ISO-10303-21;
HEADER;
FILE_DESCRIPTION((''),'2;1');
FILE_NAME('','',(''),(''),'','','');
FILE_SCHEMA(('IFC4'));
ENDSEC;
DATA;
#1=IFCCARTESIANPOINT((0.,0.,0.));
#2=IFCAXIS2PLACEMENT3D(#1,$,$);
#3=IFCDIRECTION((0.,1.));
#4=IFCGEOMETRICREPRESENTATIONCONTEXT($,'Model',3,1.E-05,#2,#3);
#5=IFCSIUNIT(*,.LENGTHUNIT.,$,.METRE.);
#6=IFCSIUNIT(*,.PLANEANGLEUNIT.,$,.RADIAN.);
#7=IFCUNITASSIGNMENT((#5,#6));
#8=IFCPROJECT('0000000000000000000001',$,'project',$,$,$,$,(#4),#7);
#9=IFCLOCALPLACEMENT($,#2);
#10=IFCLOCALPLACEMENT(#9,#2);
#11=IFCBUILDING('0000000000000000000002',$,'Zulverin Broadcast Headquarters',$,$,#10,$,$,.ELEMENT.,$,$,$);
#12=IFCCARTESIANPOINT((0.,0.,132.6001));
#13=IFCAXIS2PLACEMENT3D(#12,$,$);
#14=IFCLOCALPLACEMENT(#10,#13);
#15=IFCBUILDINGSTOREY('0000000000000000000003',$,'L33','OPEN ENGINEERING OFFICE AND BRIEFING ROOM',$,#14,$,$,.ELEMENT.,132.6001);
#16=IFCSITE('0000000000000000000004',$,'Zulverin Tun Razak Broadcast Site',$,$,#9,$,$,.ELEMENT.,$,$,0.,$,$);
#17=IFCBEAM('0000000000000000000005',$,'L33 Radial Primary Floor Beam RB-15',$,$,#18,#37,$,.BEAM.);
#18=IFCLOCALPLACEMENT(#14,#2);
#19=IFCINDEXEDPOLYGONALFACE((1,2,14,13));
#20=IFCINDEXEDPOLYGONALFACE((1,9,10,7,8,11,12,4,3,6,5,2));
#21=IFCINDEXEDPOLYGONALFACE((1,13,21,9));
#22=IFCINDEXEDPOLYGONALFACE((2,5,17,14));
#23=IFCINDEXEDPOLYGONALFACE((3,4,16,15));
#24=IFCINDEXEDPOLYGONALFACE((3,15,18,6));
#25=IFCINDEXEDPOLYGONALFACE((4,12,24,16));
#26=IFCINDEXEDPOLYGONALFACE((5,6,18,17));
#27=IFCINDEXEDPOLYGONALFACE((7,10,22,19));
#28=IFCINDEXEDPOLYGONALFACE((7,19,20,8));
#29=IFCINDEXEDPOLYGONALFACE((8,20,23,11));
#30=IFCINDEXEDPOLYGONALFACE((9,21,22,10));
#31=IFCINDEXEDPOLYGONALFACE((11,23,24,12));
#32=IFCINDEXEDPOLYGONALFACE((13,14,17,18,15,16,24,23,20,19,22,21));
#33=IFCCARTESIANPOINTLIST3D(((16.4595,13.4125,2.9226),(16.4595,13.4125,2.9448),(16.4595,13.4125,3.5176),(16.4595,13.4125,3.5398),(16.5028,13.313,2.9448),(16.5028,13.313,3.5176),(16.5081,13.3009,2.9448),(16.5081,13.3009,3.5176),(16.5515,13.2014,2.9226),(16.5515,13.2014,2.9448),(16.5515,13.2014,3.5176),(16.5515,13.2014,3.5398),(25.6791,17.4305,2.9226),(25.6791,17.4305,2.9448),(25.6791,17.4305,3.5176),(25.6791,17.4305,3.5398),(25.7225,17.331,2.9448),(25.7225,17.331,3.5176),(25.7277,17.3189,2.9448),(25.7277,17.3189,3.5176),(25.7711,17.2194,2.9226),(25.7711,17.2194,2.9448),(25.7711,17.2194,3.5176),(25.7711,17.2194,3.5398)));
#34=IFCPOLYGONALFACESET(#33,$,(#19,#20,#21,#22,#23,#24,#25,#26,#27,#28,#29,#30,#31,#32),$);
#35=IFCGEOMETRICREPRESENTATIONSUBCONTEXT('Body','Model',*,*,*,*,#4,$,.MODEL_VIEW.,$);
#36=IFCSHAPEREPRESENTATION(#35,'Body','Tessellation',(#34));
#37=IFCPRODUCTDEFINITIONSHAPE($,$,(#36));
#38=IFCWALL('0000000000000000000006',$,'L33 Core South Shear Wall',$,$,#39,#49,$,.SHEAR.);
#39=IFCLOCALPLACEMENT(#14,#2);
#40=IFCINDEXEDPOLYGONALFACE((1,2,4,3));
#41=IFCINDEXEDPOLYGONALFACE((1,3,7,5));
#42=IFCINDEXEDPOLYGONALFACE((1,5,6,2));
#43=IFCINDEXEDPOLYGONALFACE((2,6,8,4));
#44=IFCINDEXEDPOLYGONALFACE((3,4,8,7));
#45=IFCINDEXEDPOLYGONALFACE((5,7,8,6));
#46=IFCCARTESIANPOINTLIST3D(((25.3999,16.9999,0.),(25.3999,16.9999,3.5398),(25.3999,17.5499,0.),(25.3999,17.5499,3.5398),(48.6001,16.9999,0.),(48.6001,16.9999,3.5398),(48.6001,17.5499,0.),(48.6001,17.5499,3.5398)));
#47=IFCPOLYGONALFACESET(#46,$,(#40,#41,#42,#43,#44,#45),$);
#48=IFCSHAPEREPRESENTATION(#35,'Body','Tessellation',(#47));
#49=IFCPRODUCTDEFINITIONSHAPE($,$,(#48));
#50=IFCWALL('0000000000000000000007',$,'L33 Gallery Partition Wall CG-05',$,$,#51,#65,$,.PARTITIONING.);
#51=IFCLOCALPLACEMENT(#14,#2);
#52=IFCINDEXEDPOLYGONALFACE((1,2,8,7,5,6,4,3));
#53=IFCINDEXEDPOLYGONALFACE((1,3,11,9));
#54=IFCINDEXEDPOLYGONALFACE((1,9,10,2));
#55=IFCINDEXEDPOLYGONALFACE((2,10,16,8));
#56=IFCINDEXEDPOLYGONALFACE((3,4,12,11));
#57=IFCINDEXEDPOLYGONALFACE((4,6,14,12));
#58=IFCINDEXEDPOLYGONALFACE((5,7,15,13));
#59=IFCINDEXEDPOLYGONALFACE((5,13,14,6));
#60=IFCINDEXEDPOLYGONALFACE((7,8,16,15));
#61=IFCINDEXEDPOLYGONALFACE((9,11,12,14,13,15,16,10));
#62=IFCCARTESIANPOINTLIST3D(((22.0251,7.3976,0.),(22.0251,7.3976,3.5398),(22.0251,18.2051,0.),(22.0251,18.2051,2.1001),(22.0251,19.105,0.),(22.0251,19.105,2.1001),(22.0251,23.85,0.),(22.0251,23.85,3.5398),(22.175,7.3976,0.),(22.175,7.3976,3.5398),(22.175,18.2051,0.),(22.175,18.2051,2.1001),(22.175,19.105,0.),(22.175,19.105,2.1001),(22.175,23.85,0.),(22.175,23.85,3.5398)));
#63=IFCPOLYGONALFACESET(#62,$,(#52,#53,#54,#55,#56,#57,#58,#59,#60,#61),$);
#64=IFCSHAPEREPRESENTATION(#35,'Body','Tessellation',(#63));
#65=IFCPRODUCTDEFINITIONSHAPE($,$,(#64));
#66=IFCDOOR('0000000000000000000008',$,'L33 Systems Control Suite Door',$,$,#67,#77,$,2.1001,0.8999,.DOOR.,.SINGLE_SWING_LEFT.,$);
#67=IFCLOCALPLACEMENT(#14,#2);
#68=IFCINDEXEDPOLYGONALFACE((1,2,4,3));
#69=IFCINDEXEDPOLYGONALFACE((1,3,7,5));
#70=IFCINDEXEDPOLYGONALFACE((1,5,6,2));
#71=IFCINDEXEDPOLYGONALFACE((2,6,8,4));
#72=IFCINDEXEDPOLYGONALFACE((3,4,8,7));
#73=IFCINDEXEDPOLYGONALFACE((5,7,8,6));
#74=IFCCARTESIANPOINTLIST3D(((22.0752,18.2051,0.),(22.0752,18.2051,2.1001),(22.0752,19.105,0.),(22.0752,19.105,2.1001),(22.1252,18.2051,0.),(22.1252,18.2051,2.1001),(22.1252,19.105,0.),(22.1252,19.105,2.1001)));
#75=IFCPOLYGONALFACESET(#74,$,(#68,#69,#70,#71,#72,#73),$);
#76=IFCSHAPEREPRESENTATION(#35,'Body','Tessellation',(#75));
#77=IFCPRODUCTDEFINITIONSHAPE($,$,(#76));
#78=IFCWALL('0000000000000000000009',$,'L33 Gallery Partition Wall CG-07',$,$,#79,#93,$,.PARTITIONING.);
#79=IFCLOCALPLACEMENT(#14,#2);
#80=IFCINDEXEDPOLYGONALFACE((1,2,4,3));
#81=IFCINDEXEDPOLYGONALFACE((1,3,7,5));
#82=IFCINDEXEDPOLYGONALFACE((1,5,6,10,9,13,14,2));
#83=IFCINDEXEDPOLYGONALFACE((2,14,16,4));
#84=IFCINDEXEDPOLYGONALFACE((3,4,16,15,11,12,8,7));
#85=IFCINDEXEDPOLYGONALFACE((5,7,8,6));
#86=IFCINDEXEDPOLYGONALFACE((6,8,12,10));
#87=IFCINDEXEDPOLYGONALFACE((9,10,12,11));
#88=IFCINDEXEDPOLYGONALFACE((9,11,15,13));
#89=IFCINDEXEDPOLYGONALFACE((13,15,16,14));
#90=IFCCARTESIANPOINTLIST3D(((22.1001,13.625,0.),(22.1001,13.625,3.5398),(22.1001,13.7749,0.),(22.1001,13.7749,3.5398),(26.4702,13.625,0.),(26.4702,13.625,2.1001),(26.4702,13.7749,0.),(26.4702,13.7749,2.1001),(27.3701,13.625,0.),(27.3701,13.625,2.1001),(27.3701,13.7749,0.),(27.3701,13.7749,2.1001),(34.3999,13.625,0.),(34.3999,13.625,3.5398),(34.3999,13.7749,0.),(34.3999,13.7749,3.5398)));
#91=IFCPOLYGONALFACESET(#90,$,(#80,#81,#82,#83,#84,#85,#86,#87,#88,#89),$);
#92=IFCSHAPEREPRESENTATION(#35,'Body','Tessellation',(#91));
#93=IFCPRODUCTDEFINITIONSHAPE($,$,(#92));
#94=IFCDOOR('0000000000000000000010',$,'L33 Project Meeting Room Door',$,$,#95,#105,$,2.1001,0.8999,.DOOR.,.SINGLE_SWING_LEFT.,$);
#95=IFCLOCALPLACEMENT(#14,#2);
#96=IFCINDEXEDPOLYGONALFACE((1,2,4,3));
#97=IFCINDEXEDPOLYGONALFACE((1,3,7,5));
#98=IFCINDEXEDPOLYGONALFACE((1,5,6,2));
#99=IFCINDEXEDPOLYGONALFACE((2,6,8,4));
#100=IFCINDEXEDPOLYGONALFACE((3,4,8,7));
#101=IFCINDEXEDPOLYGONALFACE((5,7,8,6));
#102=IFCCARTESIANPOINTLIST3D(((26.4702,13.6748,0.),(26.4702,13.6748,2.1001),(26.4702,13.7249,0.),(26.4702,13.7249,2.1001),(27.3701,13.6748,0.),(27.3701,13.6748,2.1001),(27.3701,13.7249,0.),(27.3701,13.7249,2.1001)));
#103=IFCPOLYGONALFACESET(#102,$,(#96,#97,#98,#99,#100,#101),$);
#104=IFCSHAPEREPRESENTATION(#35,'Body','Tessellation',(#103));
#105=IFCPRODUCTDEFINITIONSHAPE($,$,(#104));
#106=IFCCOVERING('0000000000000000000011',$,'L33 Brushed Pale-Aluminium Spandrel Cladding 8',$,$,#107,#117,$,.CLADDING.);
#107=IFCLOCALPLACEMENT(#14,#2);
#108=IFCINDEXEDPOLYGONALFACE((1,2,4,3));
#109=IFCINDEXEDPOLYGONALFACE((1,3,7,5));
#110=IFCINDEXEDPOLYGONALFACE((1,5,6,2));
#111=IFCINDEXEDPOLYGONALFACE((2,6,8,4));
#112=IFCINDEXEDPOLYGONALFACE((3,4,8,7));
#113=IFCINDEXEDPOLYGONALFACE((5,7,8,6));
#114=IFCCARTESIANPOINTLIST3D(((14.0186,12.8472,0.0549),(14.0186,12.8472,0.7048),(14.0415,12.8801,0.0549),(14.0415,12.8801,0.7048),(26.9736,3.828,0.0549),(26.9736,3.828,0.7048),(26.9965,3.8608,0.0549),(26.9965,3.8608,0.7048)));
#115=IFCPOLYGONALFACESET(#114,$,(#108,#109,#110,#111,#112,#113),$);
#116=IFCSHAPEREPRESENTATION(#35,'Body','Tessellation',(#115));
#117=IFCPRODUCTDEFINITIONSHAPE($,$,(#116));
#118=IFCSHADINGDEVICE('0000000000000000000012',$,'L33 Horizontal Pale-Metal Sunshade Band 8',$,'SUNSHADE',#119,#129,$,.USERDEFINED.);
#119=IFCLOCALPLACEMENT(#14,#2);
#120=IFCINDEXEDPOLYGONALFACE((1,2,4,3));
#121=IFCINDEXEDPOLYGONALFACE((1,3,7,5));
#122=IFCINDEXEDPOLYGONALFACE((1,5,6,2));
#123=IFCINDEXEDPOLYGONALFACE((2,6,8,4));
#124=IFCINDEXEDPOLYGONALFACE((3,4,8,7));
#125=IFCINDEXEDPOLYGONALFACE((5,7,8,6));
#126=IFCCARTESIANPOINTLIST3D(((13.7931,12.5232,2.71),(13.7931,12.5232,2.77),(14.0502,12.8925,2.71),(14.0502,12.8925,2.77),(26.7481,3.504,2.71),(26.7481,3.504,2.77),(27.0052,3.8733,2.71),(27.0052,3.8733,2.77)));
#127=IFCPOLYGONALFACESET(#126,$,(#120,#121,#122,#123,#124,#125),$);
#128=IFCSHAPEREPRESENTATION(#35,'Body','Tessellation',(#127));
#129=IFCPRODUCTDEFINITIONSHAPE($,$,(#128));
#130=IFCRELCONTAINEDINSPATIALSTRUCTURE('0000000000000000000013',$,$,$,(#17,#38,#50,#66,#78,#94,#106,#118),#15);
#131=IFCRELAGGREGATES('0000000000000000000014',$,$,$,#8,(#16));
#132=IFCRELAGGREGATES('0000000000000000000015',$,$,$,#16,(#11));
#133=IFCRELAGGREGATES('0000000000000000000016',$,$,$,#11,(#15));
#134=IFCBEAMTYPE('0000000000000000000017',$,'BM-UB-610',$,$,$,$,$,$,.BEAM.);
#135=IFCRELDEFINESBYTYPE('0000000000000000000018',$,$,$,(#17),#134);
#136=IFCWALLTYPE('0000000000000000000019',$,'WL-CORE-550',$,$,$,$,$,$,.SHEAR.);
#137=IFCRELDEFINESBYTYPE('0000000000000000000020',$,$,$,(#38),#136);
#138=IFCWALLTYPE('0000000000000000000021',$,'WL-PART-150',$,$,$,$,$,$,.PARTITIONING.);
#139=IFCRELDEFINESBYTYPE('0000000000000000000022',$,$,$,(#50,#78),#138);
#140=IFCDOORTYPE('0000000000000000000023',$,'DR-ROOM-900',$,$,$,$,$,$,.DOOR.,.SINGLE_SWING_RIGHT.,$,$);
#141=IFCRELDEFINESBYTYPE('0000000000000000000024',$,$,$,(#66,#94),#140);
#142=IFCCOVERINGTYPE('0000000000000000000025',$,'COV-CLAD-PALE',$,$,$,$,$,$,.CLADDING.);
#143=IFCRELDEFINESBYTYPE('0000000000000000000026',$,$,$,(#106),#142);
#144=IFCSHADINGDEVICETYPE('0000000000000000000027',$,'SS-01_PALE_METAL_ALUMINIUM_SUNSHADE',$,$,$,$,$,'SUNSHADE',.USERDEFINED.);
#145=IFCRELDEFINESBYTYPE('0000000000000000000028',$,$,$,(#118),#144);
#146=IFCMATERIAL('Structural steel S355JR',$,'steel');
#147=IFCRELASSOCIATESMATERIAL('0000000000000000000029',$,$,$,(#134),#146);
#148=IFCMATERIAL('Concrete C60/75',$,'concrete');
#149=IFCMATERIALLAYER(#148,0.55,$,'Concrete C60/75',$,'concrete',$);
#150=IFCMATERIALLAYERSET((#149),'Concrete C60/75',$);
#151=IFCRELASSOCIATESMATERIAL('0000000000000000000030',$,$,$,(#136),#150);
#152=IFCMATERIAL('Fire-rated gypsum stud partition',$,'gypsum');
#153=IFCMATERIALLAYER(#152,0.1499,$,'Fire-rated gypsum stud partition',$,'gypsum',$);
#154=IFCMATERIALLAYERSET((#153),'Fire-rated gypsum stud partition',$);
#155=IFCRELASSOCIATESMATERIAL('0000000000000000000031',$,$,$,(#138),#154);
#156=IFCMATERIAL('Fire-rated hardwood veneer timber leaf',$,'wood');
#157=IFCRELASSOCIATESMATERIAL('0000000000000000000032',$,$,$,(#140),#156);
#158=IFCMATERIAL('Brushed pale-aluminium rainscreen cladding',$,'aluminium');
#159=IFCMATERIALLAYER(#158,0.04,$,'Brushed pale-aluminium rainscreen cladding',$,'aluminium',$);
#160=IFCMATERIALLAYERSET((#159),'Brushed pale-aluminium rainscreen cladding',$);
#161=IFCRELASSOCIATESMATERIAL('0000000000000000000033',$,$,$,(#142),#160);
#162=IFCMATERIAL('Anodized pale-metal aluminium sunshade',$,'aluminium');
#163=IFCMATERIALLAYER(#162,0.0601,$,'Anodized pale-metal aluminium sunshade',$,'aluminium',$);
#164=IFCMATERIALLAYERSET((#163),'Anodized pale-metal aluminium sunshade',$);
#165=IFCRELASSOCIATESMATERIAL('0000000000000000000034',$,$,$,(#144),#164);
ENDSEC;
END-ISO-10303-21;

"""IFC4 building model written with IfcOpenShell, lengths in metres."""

from ifc_helpers import new_model, si_unit, direction, frame, frame_2d, origin, origin_2d, place, context, subcontext, project, spatial, rectangle, i_section, extrude, material, layer, layer_set, material_profile, profile_set, type_object, element, fill, save


model = new_model("IFC4")

# Units and contexts
model_context = context("Model", 3, precision=1e-05, world=origin(), true_north=direction((0.0, 1.0)))
body_context = subcontext(model_context, "Body", "Model", "MODEL_VIEW")
ifc_project = project(units=[si_unit("LENGTHUNIT", "METRE"), si_unit("PLANEANGLEUNIT", "RADIAN")], contexts=[model_context])

# Site, building, storey
site_placement = place(None, origin())
site = spatial("IfcSite", under=ifc_project, at=site_placement, Name="Zulverin Tun Razak Broadcast Site", CompositionType="ELEMENT", RefElevation=0.0)
building_placement = place(site_placement, origin())
building = spatial("IfcBuilding", under=site, at=building_placement, Name="Zulverin Broadcast Headquarters", CompositionType="ELEMENT")
storey_placement = place(building_placement, frame((0.0, 0.0, 132.6001)))
storey = spatial("IfcBuildingStorey", under=building, at=storey_placement, Name="L33", Description="OPEN ENGINEERING OFFICE AND BRIEFING ROOM", CompositionType="ELEMENT", Elevation=132.6001)

# Shared definitions
ifc_material_1 = material(Name="Concrete C60/75", Category="concrete")

# Beam
ifc_material_2 = material(Name="Structural steel S355JR", Category="steel")
ifc_material_profile_1 = material_profile(ifc_material_2, i_section(OverallWidth=0.2302, OverallDepth=0.6172, WebThickness=0.0132, FlangeThickness=0.0222, at=origin_2d()), Name="Structural steel S355JR", Category="steel")
ifc_profile_set_1 = profile_set([ifc_material_profile_1], Name="Structural steel S355JR")
beam_type_1 = type_object("IfcBeamType", Name="BM-UB-610", PredefinedType="BEAM", material=ifc_profile_set_1)
beam_1_placement = place(storey_placement, frame((25.7251, 17.325, 3.2312), z_axis=(-0.916725, -0.39952, 0.0), x_axis=(0.39952, -0.916725, 0.0)))
element("IfcBeam", 1, at=beam_1_placement, inside=storey, type_object=beam_type_1, Name="L33 Radial Primary Floor Beam RB-15", PredefinedType="BEAM", context=body_context, shape_type="SweptSolid", body=[
    extrude(i_section(OverallWidth=0.2302, OverallDepth=0.6172, WebThickness=0.0132, FlangeThickness=0.0222, at=origin_2d()), origin(), (0.0, 0.0, 1.0), 10.0571),
])

# Wall
ifc_layer_1 = layer(ifc_material_1, 0.55, Name="Concrete C60/75", Category="concrete")
ifc_layer_set_1 = layer_set([ifc_layer_1], Name="Concrete C60/75")
wall_type_1 = type_object("IfcWallType", Name="WL-CORE-550", PredefinedType="SHEAR", material=ifc_layer_set_1)
wall_1_placement = place(storey_placement, frame((25.3999, 17.2749, 0.0), z_axis=(0.0, 0.0, 1.0), x_axis=(1.0, 0.0, 0.0)))
element("IfcWall", 2, at=wall_1_placement, inside=storey, type_object=wall_type_1, Name="L33 Core South Shear Wall", PredefinedType="SHEAR", context=body_context, shape_type="SweptSolid", body=[
    extrude(rectangle(XDim=23.2002, YDim=0.55, at=frame_2d((11.6001, 0.0))), origin(), (0.0, 0.0, 1.0), 3.5398),
])

# Walls, openings, doors
ifc_material_3 = material(Name="Fire-rated gypsum stud partition", Category="gypsum")
ifc_layer_2 = layer(ifc_material_3, 0.1499, Name="Fire-rated gypsum stud partition", Category="gypsum")
ifc_layer_set_2 = layer_set([ifc_layer_2], Name="Fire-rated gypsum stud partition")
wall_type_2 = type_object("IfcWallType", Name="WL-PART-150", PredefinedType="PARTITIONING", material=ifc_layer_set_2)
wall_2_placement = place(storey_placement, frame((22.1001, 7.3977, 0.0), z_axis=(0.0, 0.0, 1.0), x_axis=(0.0, 1.0, 0.0)))
wall_2 = element("IfcWall", 3, at=wall_2_placement, inside=storey, type_object=wall_type_2, Name="L33 Gallery Partition Wall CG-05", PredefinedType="PARTITIONING", context=body_context, shape_type="SweptSolid", body=[
    extrude(rectangle(XDim=16.4524, YDim=0.1499, at=frame_2d((8.2261, 0.0))), origin(), (0.0, 0.0, 1.0), 3.5398),
])
opening_1_placement = place(wall_2_placement, frame((10.8074, 0.0, 0.0)))
opening_1 = element("IfcOpeningElement", 4, at=opening_1_placement, cuts=wall_2, PredefinedType="OPENING", context=body_context, shape_type="SweptSolid", body=[
    extrude(rectangle(XDim=0.8999, YDim=2.1001, at=frame_2d((0.45, 1.05))), frame((0.0, 0.085, 0.0), z_axis=(0.0, -1.0, 0.0), x_axis=(1.0, 0.0, 0.0)), (0.0, 0.0, 1.0), 0.1699),
])
ifc_material_4 = material(Name="Fire-rated hardwood veneer timber leaf", Category="wood")
door_type_1 = type_object("IfcDoorType", Name="DR-ROOM-900", OperationType="SINGLE_SWING_RIGHT", PredefinedType="DOOR", material=ifc_material_4)
door_1_placement = place(opening_1_placement, origin())
door_1 = element("IfcDoor", 5, at=door_1_placement, inside=storey, type_object=door_type_1, Name="L33 Systems Control Suite Door", OperationType="SINGLE_SWING_LEFT", OverallHeight=2.1001, OverallWidth=0.8999, PredefinedType="DOOR", context=body_context, shape_type="SweptSolid", body=[
    extrude(rectangle(XDim=0.8999, YDim=2.1001, at=frame_2d((0.45, 1.05))), frame((0.0, 0.0249, 0.0), z_axis=(0.0, -1.0, 0.0), x_axis=(1.0, 0.0, 0.0)), (0.0, 0.0, 1.0), 0.05),
])
fill(opening_1, door_1)
wall_3_placement = place(storey_placement, frame((22.1001, 13.7, 0.0), z_axis=(0.0, 0.0, 1.0), x_axis=(1.0, 0.0, 0.0)))
wall_3 = element("IfcWall", 6, at=wall_3_placement, inside=storey, type_object=wall_type_2, Name="L33 Gallery Partition Wall CG-07", PredefinedType="PARTITIONING", context=body_context, shape_type="SweptSolid", body=[
    extrude(rectangle(XDim=12.2998, YDim=0.1499, at=frame_2d((6.1499, 0.0))), origin(), (0.0, 0.0, 1.0), 3.5398),
])
opening_2_placement = place(wall_3_placement, frame((4.3701, 0.0, 0.0)))
opening_2 = element("IfcOpeningElement", 7, at=opening_2_placement, cuts=wall_3, PredefinedType="OPENING", context=body_context, shape_type="SweptSolid", body=[
    extrude(rectangle(XDim=0.8999, YDim=2.1001, at=frame_2d((0.45, 1.05))), frame((0.0, 0.085, 0.0), z_axis=(0.0, -1.0, 0.0), x_axis=(1.0, 0.0, 0.0)), (0.0, 0.0, 1.0), 0.1699),
])
door_2_placement = place(opening_2_placement, origin())
door_2 = element("IfcDoor", 8, at=door_2_placement, inside=storey, type_object=door_type_1, Name="L33 Project Meeting Room Door", OperationType="SINGLE_SWING_LEFT", OverallHeight=2.1001, OverallWidth=0.8999, PredefinedType="DOOR", context=body_context, shape_type="SweptSolid", body=[
    extrude(rectangle(XDim=0.8999, YDim=2.1001, at=frame_2d((0.45, 1.05))), frame((0.0, 0.0249, 0.0), z_axis=(0.0, -1.0, 0.0), x_axis=(1.0, 0.0, 0.0)), (0.0, 0.0, 1.0), 0.05),
])
fill(opening_2, door_2)

# Covering
ifc_material_5 = material(Name="Brushed pale-aluminium rainscreen cladding", Category="aluminium")
ifc_layer_3 = layer(ifc_material_5, 0.04, Name="Brushed pale-aluminium rainscreen cladding", Category="aluminium")
ifc_layer_set_3 = layer_set([ifc_layer_3], Name="Brushed pale-aluminium rainscreen cladding")
covering_type = type_object("IfcCoveringType", Name="COV-CLAD-PALE", PredefinedType="CLADDING", material=ifc_layer_set_3)
covering_placement = place(storey_placement, frame((20.5076, 8.354, 0.0549), z_axis=(0.0, 0.0, 1.0), x_axis=(0.820696, -0.571365, 0.0)))
element("IfcCovering", 9, at=covering_placement, inside=storey, type_object=covering_type, Name="L33 Brushed Pale-Aluminium Spandrel Cladding 8", PredefinedType="CLADDING", context=body_context, shape_type="SweptSolid", body=[
    extrude(rectangle(XDim=15.7854, YDim=0.04, at=origin_2d()), origin(), (0.0, 0.0, 1.0), 0.6499),
])

# Shading device
ifc_material_6 = material(Name="Anodized pale-metal aluminium sunshade", Category="aluminium")
ifc_layer_4 = layer(ifc_material_6, 0.0601, Name="Anodized pale-metal aluminium sunshade", Category="aluminium")
ifc_layer_set_4 = layer_set([ifc_layer_4], Name="Anodized pale-metal aluminium sunshade")
shading_device_type = type_object("IfcShadingDeviceType", Name="SS-01_PALE_METAL_ALUMINIUM_SUNSHADE", ElementType="SUNSHADE", PredefinedType="USERDEFINED", material=ifc_layer_set_4)
shading_device_placement = place(storey_placement, frame((20.3992, 8.1982, 2.71), z_axis=(0.0, 0.0, 1.0), x_axis=(0.820696, -0.571365, 0.0)))
element("IfcShadingDevice", 10, at=shading_device_placement, inside=storey, type_object=shading_device_type, Name="L33 Horizontal Pale-Metal Sunshade Band 8", ObjectType="SUNSHADE", PredefinedType="USERDEFINED", context=body_context, shape_type="SweptSolid", body=[
    extrude(rectangle(XDim=15.7854, YDim=0.45, at=origin_2d()), origin(), (0.0, 0.0, 1.0), 0.0601),
])

save(model, "model.ifc")
